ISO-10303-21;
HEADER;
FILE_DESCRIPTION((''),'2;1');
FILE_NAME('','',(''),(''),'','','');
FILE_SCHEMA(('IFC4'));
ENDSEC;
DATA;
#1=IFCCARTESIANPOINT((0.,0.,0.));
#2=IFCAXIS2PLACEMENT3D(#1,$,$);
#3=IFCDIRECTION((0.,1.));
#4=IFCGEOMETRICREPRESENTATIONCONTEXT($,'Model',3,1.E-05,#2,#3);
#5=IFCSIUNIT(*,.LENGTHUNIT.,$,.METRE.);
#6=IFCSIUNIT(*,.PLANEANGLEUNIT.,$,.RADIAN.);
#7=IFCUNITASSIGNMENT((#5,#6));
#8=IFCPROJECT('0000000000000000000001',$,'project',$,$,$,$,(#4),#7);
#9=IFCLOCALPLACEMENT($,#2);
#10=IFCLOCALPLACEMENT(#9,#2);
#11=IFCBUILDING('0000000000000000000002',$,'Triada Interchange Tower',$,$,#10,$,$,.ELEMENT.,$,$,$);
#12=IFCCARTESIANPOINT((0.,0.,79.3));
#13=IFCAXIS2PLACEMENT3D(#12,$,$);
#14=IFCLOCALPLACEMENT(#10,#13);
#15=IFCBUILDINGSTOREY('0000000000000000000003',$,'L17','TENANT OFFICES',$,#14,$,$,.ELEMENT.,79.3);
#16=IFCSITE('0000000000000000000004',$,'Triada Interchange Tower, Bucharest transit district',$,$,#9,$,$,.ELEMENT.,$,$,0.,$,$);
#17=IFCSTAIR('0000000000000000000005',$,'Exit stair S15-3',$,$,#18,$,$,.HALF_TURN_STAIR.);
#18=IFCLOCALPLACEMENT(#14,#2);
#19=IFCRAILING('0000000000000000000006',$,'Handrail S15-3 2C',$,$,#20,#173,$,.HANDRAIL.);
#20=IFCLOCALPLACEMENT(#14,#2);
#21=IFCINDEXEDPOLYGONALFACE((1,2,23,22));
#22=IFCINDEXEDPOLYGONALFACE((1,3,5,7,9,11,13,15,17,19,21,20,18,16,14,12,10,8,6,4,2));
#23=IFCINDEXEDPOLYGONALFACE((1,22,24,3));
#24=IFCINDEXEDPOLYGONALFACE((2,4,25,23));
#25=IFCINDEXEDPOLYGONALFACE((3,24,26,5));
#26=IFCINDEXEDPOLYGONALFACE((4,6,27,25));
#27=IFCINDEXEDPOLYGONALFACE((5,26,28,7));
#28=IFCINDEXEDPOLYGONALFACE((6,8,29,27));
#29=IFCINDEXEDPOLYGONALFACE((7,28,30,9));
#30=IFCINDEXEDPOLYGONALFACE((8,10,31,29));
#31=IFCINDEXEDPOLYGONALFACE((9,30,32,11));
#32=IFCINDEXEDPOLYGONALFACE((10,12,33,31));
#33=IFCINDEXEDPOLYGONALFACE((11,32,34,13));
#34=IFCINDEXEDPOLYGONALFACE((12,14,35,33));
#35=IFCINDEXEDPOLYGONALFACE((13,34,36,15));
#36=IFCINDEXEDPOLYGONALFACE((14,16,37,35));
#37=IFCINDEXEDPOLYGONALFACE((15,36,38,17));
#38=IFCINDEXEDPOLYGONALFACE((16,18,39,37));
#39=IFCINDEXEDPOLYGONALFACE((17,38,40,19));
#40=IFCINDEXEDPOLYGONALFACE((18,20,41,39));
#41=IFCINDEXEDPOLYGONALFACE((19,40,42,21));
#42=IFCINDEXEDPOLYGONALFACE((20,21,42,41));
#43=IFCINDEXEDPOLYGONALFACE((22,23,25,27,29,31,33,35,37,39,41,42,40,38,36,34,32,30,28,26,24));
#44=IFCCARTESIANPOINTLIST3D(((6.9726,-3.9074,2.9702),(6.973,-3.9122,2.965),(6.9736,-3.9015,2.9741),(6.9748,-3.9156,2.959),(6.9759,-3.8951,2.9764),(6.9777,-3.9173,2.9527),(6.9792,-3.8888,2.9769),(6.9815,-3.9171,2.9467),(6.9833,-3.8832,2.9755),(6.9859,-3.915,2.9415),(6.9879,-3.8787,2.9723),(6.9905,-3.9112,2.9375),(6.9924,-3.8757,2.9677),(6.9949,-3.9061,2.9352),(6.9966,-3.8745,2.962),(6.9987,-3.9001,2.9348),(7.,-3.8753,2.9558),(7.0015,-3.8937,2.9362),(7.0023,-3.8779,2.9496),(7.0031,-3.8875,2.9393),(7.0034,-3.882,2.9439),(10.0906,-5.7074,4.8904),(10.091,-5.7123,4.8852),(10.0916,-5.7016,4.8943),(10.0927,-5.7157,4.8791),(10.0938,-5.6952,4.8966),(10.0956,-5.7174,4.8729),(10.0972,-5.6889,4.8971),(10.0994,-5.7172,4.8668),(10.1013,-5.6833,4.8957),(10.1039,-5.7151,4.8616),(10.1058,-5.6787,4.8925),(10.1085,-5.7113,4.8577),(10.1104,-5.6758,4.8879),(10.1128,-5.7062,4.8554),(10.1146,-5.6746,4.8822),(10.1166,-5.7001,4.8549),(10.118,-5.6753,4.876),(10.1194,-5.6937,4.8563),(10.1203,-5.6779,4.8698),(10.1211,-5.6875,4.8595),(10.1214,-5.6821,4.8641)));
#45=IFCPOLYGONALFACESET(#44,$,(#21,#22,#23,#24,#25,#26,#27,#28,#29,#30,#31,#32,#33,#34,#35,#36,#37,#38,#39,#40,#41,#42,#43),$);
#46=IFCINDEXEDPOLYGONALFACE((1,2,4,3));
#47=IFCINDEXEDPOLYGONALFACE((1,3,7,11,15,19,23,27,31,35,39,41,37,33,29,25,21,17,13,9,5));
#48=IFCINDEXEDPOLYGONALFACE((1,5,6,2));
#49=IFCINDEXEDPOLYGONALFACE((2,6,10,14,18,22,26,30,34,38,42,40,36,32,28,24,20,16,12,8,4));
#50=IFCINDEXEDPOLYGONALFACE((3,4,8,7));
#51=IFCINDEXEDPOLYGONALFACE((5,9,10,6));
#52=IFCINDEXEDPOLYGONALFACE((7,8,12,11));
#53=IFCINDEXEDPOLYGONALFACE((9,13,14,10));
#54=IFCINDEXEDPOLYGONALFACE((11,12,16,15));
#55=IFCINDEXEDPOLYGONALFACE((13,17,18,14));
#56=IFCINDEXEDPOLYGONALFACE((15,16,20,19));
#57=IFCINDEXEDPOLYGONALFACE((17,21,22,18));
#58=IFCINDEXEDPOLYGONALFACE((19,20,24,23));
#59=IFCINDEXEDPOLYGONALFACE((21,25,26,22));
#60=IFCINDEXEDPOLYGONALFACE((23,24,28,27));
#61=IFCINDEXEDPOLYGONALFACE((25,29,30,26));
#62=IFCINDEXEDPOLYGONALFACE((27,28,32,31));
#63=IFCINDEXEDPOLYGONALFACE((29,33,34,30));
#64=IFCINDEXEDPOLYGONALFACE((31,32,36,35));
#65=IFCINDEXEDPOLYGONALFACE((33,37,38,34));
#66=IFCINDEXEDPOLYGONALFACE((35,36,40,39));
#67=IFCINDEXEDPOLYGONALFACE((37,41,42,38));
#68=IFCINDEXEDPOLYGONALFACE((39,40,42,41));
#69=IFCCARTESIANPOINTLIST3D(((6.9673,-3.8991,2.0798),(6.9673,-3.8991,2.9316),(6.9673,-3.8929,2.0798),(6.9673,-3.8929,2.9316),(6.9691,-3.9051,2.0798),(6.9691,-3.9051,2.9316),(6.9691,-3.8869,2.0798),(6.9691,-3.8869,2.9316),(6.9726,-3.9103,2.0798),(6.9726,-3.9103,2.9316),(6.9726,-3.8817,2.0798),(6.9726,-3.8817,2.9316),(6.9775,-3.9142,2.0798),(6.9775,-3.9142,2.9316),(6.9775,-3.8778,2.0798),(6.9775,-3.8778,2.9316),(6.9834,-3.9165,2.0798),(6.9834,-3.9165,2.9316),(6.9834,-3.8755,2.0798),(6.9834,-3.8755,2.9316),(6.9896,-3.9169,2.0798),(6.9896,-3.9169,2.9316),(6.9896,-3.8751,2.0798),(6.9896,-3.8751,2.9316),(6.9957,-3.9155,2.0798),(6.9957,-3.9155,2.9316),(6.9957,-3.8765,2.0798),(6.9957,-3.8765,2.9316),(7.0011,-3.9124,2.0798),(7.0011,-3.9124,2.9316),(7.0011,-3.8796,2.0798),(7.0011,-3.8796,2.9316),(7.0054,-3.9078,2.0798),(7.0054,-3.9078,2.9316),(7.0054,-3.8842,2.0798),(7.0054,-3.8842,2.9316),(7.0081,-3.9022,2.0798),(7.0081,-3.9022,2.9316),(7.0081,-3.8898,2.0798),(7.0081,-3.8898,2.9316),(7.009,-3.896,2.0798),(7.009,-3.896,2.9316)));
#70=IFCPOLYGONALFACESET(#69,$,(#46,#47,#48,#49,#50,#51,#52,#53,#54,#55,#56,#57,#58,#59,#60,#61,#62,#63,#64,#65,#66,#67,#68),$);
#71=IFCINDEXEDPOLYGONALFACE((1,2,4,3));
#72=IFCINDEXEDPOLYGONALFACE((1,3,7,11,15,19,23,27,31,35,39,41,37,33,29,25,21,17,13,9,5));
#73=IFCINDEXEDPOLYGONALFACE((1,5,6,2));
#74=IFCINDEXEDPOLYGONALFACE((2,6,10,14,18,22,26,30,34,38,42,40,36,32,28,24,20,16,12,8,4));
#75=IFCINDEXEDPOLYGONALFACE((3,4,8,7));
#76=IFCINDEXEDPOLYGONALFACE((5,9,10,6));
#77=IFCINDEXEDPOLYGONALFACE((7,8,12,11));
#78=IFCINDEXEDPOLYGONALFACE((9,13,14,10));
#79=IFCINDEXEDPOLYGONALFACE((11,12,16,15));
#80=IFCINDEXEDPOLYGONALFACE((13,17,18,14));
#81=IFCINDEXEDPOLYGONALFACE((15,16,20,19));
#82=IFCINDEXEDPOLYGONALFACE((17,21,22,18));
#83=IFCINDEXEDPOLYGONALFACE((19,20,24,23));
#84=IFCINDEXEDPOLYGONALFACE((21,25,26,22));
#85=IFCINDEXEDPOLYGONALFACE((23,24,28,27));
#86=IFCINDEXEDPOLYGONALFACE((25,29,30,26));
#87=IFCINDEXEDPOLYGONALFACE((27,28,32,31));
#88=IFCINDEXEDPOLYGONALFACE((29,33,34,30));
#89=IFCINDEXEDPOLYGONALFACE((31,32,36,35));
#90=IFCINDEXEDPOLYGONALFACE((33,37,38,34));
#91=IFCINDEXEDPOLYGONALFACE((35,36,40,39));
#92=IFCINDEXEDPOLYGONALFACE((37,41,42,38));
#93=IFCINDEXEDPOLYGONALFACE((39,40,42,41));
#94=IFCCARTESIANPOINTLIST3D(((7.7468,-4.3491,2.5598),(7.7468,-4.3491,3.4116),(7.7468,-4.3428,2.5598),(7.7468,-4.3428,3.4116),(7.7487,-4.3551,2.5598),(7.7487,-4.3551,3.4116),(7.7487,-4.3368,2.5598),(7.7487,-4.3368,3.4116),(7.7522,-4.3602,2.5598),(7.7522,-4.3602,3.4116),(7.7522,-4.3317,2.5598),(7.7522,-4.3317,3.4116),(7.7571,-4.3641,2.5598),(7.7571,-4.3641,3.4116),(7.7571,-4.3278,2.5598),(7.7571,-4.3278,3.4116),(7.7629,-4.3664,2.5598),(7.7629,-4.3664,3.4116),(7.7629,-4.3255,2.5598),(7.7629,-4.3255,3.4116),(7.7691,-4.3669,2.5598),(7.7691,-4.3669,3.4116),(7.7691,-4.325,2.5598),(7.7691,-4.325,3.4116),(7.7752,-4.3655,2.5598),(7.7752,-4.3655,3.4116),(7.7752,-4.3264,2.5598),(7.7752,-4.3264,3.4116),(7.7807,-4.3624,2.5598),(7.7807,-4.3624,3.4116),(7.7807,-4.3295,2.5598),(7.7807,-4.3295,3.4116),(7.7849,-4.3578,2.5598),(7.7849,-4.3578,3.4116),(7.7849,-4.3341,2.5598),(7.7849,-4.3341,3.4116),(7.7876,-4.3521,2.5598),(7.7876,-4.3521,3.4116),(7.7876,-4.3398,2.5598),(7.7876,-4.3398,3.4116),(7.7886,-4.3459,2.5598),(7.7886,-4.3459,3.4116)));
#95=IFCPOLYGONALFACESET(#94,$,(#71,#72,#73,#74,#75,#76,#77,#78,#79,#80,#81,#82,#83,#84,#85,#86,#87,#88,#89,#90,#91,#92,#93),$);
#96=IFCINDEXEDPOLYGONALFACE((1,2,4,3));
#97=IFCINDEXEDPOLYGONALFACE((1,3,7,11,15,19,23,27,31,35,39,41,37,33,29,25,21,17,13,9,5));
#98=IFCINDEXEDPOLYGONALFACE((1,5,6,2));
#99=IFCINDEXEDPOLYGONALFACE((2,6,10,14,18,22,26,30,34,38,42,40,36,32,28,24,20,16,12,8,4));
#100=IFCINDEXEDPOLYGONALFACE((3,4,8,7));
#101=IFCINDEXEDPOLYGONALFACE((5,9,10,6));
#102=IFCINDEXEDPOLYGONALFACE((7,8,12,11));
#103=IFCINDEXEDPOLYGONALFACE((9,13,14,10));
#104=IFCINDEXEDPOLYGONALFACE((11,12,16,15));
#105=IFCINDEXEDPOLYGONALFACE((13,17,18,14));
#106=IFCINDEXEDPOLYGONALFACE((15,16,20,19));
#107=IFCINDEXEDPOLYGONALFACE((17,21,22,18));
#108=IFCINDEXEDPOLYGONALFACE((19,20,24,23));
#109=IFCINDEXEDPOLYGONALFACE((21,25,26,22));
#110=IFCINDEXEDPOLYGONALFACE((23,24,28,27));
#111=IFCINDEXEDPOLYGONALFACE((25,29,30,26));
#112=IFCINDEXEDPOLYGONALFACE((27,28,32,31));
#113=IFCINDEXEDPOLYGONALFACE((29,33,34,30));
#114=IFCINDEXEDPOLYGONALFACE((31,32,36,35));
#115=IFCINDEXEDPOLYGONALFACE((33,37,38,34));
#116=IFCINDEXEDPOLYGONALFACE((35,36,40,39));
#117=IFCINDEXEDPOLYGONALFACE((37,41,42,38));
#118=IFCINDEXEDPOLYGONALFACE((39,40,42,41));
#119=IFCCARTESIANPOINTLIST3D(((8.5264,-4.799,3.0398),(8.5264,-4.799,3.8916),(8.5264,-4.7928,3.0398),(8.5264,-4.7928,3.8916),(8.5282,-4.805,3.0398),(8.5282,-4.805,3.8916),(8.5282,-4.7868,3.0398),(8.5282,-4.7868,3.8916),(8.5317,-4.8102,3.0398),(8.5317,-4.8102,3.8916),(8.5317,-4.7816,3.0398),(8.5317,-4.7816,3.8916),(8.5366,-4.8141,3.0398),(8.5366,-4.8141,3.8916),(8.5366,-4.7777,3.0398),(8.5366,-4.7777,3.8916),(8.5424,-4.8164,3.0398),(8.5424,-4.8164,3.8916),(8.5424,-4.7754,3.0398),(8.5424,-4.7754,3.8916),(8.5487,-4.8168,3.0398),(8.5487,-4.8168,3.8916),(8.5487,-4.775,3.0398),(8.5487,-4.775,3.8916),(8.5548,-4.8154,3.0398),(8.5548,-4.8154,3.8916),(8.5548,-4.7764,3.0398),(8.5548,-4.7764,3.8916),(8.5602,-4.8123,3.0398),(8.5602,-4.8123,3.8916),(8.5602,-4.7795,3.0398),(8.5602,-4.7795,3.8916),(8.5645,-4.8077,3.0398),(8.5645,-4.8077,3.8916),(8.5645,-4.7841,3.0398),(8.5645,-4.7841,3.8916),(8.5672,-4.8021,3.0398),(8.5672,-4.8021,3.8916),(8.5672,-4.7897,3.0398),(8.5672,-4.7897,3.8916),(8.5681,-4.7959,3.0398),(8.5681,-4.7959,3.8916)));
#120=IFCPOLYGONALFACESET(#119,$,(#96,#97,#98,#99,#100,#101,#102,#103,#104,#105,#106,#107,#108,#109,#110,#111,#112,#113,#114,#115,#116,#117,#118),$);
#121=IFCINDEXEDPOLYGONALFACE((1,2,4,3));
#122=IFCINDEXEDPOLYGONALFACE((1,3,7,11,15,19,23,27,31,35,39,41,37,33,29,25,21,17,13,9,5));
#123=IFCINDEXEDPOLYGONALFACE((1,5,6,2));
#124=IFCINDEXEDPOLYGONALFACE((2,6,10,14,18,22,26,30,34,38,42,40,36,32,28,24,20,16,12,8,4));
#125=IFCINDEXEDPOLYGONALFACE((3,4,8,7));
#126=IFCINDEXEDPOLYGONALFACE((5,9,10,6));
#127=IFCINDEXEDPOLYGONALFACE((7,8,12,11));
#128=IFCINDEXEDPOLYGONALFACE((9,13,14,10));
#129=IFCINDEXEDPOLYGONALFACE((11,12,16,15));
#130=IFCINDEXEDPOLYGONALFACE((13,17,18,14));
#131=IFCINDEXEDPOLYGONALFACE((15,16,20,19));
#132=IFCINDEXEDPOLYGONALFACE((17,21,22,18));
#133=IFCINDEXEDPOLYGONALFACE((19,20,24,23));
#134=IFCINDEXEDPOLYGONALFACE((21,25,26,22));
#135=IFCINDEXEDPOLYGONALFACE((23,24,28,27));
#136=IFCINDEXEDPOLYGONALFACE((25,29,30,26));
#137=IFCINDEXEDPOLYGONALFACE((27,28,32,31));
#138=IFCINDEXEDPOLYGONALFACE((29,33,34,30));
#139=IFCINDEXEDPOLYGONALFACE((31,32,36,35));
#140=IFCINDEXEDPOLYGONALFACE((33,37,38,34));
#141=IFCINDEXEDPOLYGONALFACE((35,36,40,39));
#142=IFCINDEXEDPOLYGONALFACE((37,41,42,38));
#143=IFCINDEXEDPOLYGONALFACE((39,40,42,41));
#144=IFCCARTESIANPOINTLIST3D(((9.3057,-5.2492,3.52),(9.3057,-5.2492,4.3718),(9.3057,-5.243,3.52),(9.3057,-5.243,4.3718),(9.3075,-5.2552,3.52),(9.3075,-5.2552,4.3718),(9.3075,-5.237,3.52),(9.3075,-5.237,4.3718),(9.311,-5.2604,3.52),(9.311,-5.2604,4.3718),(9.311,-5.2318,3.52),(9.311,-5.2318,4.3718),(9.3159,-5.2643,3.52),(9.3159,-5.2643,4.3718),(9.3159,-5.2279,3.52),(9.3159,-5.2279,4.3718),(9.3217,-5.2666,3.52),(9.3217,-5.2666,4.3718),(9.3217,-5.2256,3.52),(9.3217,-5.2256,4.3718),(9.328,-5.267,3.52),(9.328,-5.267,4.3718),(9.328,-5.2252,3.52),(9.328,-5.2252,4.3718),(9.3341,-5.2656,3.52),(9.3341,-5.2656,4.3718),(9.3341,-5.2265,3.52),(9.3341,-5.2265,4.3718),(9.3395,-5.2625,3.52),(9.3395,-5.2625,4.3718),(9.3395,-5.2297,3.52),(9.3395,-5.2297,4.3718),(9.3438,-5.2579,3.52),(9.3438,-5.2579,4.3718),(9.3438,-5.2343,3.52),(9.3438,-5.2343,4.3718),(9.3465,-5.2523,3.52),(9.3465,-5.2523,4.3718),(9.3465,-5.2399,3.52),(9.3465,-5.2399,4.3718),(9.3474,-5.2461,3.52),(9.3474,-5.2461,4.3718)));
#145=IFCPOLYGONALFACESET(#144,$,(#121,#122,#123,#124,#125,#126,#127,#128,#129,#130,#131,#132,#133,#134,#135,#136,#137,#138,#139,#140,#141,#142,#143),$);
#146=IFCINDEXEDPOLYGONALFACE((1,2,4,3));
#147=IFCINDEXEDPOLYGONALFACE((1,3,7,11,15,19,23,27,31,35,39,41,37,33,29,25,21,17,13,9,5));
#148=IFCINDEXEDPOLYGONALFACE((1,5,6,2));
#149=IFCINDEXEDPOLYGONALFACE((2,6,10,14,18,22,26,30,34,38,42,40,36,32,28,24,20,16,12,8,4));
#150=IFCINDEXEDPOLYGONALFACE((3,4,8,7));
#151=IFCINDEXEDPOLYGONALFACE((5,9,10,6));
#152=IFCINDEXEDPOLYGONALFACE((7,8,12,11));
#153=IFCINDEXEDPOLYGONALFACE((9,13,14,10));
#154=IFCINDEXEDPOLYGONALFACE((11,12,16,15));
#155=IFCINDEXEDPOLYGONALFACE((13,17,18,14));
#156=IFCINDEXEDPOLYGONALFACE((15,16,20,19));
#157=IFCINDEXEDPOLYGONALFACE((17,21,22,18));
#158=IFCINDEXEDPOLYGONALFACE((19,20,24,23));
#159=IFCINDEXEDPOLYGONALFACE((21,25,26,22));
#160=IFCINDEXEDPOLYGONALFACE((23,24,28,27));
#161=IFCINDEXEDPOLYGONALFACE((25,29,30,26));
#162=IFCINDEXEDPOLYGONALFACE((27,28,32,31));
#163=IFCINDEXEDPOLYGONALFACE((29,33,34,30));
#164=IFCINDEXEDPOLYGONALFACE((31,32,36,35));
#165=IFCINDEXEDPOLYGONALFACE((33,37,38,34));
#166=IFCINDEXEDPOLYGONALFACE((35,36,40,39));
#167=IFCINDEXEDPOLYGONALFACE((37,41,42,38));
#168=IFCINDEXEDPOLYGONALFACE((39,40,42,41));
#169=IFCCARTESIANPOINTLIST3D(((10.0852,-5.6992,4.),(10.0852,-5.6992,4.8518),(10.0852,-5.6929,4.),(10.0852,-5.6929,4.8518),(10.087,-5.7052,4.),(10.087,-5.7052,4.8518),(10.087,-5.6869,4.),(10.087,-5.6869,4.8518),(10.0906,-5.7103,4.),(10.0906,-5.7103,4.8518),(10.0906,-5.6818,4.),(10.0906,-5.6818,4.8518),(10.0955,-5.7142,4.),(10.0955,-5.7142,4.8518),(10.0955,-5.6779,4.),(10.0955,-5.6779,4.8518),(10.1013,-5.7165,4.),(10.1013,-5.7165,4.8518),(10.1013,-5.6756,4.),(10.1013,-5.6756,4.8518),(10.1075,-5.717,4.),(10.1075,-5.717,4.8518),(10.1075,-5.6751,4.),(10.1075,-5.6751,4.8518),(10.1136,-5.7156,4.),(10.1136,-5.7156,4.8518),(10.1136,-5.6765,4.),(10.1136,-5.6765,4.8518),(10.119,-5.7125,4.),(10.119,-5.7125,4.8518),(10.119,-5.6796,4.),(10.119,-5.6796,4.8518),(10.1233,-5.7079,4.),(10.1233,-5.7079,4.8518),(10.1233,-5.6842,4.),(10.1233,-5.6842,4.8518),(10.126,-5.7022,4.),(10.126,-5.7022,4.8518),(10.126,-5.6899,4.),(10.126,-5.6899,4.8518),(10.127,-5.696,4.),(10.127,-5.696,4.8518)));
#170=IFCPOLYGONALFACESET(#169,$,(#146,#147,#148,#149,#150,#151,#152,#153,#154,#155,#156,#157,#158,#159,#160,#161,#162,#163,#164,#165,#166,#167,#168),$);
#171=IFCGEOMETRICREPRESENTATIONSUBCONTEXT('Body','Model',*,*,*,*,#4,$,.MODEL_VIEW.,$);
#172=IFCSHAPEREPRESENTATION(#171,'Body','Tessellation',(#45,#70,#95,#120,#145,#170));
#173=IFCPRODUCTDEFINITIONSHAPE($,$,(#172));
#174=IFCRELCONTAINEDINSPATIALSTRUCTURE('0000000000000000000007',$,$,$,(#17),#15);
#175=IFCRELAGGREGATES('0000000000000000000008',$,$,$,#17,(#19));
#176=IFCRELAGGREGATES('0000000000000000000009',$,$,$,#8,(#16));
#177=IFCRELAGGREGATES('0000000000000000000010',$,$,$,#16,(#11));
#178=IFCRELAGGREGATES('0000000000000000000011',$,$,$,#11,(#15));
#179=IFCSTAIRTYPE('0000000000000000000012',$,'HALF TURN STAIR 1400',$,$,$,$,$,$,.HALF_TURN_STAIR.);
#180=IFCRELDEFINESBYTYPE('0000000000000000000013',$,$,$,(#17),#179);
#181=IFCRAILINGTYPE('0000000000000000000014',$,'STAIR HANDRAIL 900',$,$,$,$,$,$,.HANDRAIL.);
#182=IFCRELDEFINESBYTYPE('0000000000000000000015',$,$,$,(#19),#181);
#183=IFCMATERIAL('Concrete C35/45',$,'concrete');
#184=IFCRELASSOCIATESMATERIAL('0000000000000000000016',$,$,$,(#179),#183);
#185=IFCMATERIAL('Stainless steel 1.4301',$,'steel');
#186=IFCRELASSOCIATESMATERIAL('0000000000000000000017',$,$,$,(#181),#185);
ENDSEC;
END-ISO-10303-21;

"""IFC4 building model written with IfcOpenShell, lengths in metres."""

from ifc_helpers import new_model, si_unit, direction, frame, origin, origin_2d, place, context, subcontext, project, spatial, circle, extrude, material, type_object, element, aggregate, save


model = new_model("IFC4")

# Units and contexts
model_context = context("Model", 3, precision=1e-05, world=origin(), true_north=direction((0.0, 1.0)))
body_context = subcontext(model_context, "Body", "Model", "MODEL_VIEW")
ifc_project = project(units=[si_unit("LENGTHUNIT", "METRE"), si_unit("PLANEANGLEUNIT", "RADIAN")], contexts=[model_context])

# Site, building, storey
site_placement = place(None, origin())
site = spatial("IfcSite", under=ifc_project, at=site_placement, Name="Triada Interchange Tower, Bucharest transit district", CompositionType="ELEMENT", RefElevation=0.0)
building_placement = place(site_placement, origin())
building = spatial("IfcBuilding", under=site, at=building_placement, Name="Triada Interchange Tower", CompositionType="ELEMENT")
storey_placement = place(building_placement, frame((0.0, 0.0, 79.3)))
storey = spatial("IfcBuildingStorey", under=building, at=storey_placement, Name="L17", Description="TENANT OFFICES", CompositionType="ELEMENT", Elevation=79.3)

# Stair, railing
ifc_material_1 = material(Name="Concrete C35/45", Category="concrete")
stair_type = type_object("IfcStairType", Name="HALF TURN STAIR 1400", PredefinedType="HALF_TURN_STAIR", material=ifc_material_1)
stair_placement = place(storey_placement, origin())
stair = element("IfcStair", 1, at=stair_placement, inside=storey, type_object=stair_type, Name="Exit stair S15-3", PredefinedType="HALF_TURN_STAIR")
ifc_material_2 = material(Name="Stainless steel 1.4301", Category="steel")
railing_type = type_object("IfcRailingType", Name="STAIR HANDRAIL 900", PredefinedType="HANDRAIL", material=ifc_material_2)
railing_1_placement = place(storey_placement, frame((6.988, -3.896, 2.0798)))
railing_1 = element("IfcRailing", 2, at=railing_1_placement, type_object=railing_type, Name="Handrail S15-3 2C", PredefinedType="HANDRAIL", context=body_context, shape_type="SweptSolid", body=[
    extrude(circle(Radius=0.0239, at=origin_2d()), frame((0.0, 0.0, 0.876), z_axis=(0.764145, -0.441159, 0.470597), x_axis=(0.499983, 0.866035, 0.0)), (0.0, 0.0, 1.0), 4.0803),
    extrude(circle(Radius=0.021, at=origin_2d()), origin(), (0.0, 0.0, 1.0), 0.8518),
    extrude(circle(Radius=0.021, at=origin_2d()), frame((0.7795, -0.45, 0.48)), (0.0, 0.0, 1.0), 0.8518),
    extrude(circle(Radius=0.021, at=origin_2d()), frame((1.5591, -0.8999, 0.96)), (0.0, 0.0, 1.0), 0.8518),
    extrude(circle(Radius=0.021, at=origin_2d()), frame((2.3384, -1.3501, 1.4402)), (0.0, 0.0, 1.0), 0.8518),
    extrude(circle(Radius=0.021, at=origin_2d()), frame((3.1179, -1.8, 1.9202)), (0.0, 0.0, 1.0), 0.8518),
])
aggregate(stair, [railing_1])

save(model, "model.ifc")
